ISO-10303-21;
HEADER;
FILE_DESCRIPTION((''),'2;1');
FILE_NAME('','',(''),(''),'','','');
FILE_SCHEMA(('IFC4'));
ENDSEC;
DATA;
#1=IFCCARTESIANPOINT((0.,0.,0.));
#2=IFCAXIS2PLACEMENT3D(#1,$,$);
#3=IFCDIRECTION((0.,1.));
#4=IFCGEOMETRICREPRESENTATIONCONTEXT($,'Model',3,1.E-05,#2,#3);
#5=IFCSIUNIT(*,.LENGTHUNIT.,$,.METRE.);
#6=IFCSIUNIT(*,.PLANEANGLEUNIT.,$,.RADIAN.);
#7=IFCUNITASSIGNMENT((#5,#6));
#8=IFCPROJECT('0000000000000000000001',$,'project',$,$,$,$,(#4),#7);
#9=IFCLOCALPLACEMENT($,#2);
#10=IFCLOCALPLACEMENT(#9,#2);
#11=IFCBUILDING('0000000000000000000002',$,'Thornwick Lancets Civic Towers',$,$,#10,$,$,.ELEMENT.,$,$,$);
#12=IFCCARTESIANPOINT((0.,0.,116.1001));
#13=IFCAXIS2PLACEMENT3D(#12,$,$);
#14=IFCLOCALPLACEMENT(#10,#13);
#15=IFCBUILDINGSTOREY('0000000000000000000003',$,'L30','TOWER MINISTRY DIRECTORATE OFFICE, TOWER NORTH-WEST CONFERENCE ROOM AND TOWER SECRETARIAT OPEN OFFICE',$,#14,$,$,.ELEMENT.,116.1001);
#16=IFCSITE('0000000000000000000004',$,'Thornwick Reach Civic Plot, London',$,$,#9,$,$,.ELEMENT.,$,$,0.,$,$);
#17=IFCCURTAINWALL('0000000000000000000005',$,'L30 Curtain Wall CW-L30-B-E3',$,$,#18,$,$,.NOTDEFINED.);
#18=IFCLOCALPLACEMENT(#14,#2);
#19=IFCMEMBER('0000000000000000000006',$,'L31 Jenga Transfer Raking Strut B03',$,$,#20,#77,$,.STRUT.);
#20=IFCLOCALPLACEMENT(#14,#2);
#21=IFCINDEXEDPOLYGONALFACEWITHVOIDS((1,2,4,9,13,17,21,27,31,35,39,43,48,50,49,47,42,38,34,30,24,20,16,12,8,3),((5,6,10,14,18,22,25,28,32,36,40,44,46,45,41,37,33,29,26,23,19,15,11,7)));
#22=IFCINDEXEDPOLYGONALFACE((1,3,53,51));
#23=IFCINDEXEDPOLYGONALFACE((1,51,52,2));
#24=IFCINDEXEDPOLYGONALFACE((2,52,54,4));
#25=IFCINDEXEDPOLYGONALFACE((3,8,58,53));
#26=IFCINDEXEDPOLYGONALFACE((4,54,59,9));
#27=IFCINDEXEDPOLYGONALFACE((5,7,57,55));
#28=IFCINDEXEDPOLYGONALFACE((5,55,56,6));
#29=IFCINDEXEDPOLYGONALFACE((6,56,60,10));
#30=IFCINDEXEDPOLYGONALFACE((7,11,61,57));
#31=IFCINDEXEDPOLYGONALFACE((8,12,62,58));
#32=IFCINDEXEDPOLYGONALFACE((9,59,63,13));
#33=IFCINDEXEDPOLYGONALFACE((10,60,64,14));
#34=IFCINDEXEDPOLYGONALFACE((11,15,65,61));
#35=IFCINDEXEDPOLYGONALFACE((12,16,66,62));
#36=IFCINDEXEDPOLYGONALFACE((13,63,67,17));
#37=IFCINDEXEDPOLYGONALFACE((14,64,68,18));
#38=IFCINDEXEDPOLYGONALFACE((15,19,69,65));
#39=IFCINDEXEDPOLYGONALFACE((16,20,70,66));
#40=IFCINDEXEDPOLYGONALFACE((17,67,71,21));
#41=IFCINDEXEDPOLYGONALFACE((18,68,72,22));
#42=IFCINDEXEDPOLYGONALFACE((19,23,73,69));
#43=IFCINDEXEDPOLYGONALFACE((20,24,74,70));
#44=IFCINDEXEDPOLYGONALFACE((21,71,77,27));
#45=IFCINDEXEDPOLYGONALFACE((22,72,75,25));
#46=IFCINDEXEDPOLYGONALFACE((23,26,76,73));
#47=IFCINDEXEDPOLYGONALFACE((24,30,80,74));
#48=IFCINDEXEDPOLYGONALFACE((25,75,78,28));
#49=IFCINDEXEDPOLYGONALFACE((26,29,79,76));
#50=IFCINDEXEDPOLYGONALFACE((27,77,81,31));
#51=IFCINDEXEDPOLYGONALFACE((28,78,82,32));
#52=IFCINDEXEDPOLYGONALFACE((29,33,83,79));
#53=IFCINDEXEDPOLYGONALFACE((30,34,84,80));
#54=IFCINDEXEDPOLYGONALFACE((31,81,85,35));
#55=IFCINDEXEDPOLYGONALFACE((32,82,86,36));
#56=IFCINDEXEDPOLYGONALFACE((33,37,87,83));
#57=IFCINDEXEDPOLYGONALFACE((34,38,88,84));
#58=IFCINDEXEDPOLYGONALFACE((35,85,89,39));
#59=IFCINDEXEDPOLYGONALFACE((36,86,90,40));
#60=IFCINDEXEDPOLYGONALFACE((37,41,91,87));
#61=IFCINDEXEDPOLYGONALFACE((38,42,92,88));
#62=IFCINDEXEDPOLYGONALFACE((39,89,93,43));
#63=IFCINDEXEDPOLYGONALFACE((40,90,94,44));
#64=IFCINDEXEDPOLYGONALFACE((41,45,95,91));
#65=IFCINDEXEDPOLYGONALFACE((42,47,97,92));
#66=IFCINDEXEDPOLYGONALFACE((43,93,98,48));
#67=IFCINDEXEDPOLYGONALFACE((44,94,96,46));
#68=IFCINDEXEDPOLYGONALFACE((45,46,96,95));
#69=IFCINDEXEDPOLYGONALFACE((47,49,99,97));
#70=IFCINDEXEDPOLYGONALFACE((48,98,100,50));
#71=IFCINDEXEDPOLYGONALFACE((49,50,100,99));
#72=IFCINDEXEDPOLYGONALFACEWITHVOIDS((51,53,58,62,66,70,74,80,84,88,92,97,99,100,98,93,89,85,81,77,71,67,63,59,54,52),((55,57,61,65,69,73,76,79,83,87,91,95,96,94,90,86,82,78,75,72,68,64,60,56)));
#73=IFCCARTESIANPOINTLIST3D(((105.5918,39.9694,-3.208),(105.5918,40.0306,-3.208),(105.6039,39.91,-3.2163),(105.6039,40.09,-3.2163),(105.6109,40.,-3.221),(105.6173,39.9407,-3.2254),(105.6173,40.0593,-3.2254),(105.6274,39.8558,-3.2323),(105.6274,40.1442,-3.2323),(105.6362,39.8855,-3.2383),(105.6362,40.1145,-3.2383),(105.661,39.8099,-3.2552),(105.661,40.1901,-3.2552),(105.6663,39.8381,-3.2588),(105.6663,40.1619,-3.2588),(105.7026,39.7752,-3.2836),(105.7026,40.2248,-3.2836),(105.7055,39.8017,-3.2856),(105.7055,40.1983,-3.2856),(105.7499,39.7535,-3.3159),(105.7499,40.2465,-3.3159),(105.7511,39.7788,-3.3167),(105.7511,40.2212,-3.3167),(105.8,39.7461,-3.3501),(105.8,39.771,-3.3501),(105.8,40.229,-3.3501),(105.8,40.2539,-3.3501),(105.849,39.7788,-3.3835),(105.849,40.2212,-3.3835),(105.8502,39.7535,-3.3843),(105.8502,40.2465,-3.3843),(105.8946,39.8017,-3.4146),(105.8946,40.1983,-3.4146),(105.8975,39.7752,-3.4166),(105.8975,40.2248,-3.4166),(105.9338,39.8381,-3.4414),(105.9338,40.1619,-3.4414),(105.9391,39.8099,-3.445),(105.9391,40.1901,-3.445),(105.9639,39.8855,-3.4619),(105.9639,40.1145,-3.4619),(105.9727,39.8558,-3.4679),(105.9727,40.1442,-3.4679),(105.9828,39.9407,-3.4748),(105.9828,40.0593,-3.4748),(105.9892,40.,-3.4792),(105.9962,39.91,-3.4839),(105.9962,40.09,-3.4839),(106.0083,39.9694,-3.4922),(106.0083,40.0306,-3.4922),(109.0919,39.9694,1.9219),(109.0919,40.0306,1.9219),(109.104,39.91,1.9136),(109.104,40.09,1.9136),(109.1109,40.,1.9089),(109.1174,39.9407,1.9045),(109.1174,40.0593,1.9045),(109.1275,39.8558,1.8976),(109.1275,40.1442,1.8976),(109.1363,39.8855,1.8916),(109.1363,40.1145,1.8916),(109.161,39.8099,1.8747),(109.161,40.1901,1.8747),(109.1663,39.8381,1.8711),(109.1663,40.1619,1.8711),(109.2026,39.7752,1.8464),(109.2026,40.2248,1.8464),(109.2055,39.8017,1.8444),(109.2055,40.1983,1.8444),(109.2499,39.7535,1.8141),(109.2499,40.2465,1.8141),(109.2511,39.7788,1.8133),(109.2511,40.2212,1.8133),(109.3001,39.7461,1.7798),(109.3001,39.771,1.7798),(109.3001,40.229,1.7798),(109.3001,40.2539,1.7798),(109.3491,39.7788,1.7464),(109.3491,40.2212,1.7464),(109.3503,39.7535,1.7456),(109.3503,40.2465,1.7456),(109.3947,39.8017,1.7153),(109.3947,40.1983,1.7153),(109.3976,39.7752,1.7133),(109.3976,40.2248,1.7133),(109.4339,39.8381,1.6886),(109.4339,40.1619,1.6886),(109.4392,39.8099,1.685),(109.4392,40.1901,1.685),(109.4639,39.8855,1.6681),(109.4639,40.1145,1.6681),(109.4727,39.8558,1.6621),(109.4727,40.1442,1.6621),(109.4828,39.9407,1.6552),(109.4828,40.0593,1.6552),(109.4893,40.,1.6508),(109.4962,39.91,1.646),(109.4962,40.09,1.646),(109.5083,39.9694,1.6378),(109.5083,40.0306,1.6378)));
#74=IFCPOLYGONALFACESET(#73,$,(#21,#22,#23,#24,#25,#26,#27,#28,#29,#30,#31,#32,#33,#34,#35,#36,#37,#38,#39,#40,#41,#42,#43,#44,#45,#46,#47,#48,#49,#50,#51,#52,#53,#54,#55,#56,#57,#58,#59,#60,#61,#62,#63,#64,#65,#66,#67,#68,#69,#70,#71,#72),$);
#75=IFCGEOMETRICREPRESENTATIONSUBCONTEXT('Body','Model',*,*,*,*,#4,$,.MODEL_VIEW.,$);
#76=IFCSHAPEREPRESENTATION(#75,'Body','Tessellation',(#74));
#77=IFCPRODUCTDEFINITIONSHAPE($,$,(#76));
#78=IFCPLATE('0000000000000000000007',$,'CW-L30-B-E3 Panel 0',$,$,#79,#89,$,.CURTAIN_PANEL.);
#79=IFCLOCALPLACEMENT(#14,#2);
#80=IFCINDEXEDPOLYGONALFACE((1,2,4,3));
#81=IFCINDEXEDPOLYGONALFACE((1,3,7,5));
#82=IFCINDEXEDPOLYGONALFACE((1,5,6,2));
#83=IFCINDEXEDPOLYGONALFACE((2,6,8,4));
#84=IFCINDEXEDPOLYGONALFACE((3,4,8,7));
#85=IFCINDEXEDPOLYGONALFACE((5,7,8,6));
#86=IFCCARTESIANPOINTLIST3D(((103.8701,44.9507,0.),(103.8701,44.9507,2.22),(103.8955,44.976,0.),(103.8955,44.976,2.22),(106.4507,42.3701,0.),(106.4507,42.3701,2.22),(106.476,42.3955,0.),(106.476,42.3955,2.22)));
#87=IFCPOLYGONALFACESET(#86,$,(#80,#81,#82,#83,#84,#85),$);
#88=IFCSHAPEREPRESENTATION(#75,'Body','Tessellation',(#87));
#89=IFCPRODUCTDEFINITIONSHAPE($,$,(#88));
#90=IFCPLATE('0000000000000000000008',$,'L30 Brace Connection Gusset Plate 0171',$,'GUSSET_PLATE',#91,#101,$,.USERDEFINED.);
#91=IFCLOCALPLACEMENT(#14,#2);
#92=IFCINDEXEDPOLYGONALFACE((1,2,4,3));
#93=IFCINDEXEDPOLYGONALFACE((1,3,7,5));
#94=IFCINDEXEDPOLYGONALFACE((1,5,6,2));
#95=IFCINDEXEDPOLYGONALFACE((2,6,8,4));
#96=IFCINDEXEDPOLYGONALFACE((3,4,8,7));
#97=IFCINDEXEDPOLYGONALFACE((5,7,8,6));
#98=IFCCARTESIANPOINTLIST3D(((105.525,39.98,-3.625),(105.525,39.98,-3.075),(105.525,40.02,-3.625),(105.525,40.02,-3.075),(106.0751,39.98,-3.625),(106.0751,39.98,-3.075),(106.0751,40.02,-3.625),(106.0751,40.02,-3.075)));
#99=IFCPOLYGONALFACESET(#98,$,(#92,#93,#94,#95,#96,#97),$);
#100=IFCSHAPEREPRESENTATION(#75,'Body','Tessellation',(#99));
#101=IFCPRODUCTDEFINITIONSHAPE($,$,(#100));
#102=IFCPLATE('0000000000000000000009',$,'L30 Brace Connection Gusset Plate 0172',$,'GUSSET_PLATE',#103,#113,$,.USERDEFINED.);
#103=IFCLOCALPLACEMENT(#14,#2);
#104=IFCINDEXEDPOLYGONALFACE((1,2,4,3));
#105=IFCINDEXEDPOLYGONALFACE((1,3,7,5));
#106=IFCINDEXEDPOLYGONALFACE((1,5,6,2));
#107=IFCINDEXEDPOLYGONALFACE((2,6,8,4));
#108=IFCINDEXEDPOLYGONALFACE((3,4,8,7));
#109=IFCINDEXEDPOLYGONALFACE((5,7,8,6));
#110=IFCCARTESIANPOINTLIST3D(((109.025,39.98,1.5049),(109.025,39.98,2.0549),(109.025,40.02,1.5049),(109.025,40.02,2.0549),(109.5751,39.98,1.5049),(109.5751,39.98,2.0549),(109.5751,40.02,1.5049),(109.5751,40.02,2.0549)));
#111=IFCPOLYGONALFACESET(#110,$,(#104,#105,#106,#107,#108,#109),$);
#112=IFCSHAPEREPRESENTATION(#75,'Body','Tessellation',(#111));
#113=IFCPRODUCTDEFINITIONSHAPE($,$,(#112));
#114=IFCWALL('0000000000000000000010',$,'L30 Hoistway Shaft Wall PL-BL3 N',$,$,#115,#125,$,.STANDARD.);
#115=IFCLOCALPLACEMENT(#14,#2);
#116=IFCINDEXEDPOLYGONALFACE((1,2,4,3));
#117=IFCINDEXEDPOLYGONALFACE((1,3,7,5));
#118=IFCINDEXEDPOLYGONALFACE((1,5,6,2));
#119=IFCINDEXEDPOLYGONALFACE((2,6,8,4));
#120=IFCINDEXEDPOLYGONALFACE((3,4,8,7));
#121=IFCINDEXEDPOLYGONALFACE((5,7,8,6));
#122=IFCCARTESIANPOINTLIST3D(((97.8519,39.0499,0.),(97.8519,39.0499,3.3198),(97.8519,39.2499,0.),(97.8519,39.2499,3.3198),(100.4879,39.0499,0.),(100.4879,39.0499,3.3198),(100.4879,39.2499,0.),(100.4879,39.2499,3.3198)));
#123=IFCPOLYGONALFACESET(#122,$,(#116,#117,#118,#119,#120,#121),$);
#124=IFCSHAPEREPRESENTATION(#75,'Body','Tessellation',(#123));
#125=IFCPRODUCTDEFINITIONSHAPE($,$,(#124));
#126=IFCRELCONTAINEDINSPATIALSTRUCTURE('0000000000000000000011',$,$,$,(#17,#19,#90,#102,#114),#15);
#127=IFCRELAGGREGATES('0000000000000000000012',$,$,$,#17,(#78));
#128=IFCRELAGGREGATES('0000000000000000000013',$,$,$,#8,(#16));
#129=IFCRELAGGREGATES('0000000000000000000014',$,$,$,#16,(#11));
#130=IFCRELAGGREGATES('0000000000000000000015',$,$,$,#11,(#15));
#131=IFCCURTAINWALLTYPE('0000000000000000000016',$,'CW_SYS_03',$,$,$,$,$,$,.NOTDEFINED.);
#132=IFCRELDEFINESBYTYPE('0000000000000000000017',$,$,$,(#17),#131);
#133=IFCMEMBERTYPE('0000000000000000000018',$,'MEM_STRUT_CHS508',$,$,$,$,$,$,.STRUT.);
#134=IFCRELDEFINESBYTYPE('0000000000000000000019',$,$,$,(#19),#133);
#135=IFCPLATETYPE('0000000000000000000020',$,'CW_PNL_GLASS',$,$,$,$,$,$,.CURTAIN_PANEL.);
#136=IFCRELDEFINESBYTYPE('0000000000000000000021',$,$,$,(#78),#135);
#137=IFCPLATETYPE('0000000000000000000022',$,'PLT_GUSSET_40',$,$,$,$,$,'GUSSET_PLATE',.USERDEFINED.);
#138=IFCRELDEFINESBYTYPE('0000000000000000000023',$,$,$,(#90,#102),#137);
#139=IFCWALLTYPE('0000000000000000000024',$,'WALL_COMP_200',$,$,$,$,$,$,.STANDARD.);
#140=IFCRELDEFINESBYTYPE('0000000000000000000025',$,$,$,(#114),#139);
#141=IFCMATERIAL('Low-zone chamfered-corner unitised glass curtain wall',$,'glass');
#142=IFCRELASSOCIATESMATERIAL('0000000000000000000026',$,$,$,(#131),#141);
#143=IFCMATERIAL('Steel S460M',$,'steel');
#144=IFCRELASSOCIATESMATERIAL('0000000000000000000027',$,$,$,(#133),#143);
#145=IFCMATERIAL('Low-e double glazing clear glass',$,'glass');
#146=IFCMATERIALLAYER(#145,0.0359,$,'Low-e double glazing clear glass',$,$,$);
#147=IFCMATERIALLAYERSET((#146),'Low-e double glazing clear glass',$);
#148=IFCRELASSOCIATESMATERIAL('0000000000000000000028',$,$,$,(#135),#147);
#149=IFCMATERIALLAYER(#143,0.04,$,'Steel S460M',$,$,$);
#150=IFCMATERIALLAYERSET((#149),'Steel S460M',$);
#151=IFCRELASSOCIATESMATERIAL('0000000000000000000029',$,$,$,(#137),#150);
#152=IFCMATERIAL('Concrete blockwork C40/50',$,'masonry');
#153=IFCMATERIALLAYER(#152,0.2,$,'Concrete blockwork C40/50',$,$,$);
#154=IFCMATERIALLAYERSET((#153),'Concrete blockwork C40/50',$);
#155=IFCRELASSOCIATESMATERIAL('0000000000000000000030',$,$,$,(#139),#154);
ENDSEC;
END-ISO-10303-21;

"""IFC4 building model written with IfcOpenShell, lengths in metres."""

from ifc_helpers import new_model, si_unit, direction, frame, frame_2d, origin, origin_2d, place, context, subcontext, project, spatial, rectangle, hollow_circle, extrude, material, layer, layer_set, material_profile, profile_set, type_object, element, aggregate, save


model = new_model("IFC4")

# Units and contexts
model_context = context("Model", 3, precision=1e-05, world=origin(), true_north=direction((0.0, 1.0)))
body_context = subcontext(model_context, "Body", "Model", "MODEL_VIEW")
ifc_project = project(units=[si_unit("LENGTHUNIT", "METRE"), si_unit("PLANEANGLEUNIT", "RADIAN")], contexts=[model_context])

# Site, building, storey
site_placement = place(None, origin())
site = spatial("IfcSite", under=ifc_project, at=site_placement, Name="Thornwick Reach Civic Plot, London", CompositionType="ELEMENT", RefElevation=0.0)
building_placement = place(site_placement, origin())
building = spatial("IfcBuilding", under=site, at=building_placement, Name="Thornwick Lancets Civic Towers", CompositionType="ELEMENT")
storey_placement = place(building_placement, frame((0.0, 0.0, 116.1001)))
storey = spatial("IfcBuildingStorey", under=building, at=storey_placement, Name="L30", Description="TOWER MINISTRY DIRECTORATE OFFICE, TOWER NORTH-WEST CONFERENCE ROOM AND TOWER SECRETARIAT OPEN OFFICE", CompositionType="ELEMENT", Elevation=116.1001)

# Curtain wall
ifc_material_1 = material(Name="Low-zone chamfered-corner unitised glass curtain wall", Category="glass")
curtain_wall_type = type_object("IfcCurtainWallType", Name="CW_SYS_03", PredefinedType="NOTDEFINED", material=ifc_material_1)
curtain_wall_placement = place(storey_placement, origin())
curtain_wall = element("IfcCurtainWall", 1, at=curtain_wall_placement, inside=storey, type_object=curtain_wall_type, Name="L30 Curtain Wall CW-L30-B-E3", PredefinedType="NOTDEFINED")

# Member
ifc_material_2 = material(Name="Steel S460M", Category="steel")
ifc_material_profile_1 = material_profile(ifc_material_2, hollow_circle(Radius=0.2539, WallThickness=0.0249, at=origin_2d()), Name="CHS 508x25")
ifc_profile_set_1 = profile_set([ifc_material_profile_1], Name="Steel S460M")
member_type_1 = type_object("IfcMemberType", Name="MEM_STRUT_CHS508", PredefinedType="STRUT", material=ifc_profile_set_1)
member_1_placement = place(storey_placement, frame((105.8, 40.0, -3.3501), z_axis=(0.563595, 0.0, 0.826051), x_axis=(0.0, 1.0, 0.0)))
element("IfcMember", 2, at=member_1_placement, inside=storey, type_object=member_type_1, Name="L31 Jenga Transfer Raking Strut B03", PredefinedType="STRUT", context=body_context, shape_type="SweptSolid", body=[
    extrude(hollow_circle(Radius=0.2539, WallThickness=0.0249, at=origin_2d()), origin(), (0.0, 0.0, 1.0), 6.2102),
])

# Plate
ifc_material_3 = material(Name="Low-e double glazing clear glass", Category="glass")
ifc_layer_1 = layer(ifc_material_3, 0.0359, Name="Low-e double glazing clear glass")
ifc_layer_set_1 = layer_set([ifc_layer_1], Name="Low-e double glazing clear glass")
plate_type_1 = type_object("IfcPlateType", Name="CW_PNL_GLASS", PredefinedType="CURTAIN_PANEL", material=ifc_layer_set_1)
plate_placement = place(storey_placement, frame((105.1731, 43.6731, 0.0), z_axis=(0.0, 0.0, 1.0), x_axis=(-0.707107, 0.707107, 0.0)))
plate = element("IfcPlate", 3, at=plate_placement, type_object=plate_type_1, Name="CW-L30-B-E3 Panel 0", PredefinedType="CURTAIN_PANEL", context=body_context, shape_type="SweptSolid", body=[
    extrude(rectangle(XDim=3.6494, YDim=0.0359, at=origin_2d()), origin(), (0.0, 0.0, 1.0), 2.22),
])
aggregate(curtain_wall, [plate])

# Plates
ifc_layer_2 = layer(ifc_material_2, 0.04, Name="Steel S460M")
ifc_layer_set_2 = layer_set([ifc_layer_2], Name="Steel S460M")
plate_type_2 = type_object("IfcPlateType", Name="PLT_GUSSET_40", ElementType="GUSSET_PLATE", PredefinedType="USERDEFINED", material=ifc_layer_set_2)
for number, where, z_axis, x_axis, name in (
    (4, (105.8, 40.0, -3.625), (0.0, 0.0, 1.0), (1.0, 0.0, 0.0), "L30 Brace Connection Gusset Plate 0171"),
    (5, (109.3, 40.0, 1.5049), (0.0, 0.0, 1.0), (1.0, 0.0, 0.0), "L30 Brace Connection Gusset Plate 0172"),
):
    element("IfcPlate", number, at=place(storey_placement, frame(where, z_axis=z_axis, x_axis=x_axis)), inside=storey, type_object=plate_type_2, Name=name, ObjectType="GUSSET_PLATE", PredefinedType="USERDEFINED", context=body_context, shape_type="SweptSolid", body=[
        extrude(rectangle(XDim=0.55, YDim=0.04, at=origin_2d()), origin(), (0.0, 0.0, 1.0), 0.55),
    ])

# Wall
ifc_material_4 = material(Name="Concrete blockwork C40/50", Category="masonry")
ifc_layer_3 = layer(ifc_material_4, 0.2, Name="Concrete blockwork C40/50")
ifc_layer_set_3 = layer_set([ifc_layer_3], Name="Concrete blockwork C40/50")
wall_type_1 = type_object("IfcWallType", Name="WALL_COMP_200", PredefinedType="STANDARD", material=ifc_layer_set_3)
wall_1_placement = place(storey_placement, frame((97.8521, 39.1499, 0.0), z_axis=(0.0, 0.0, 1.0), x_axis=(1.0, 0.0, 0.0)))
element("IfcWall", 6, at=wall_1_placement, inside=storey, type_object=wall_type_1, Name="L30 Hoistway Shaft Wall PL-BL3 N", PredefinedType="STANDARD", context=body_context, shape_type="SweptSolid", body=[
    extrude(rectangle(XDim=2.636, YDim=0.2, at=frame_2d((1.3179, 0.0))), origin(), (0.0, 0.0, 1.0), 3.3198),
])

save(model, "model.ifc")
